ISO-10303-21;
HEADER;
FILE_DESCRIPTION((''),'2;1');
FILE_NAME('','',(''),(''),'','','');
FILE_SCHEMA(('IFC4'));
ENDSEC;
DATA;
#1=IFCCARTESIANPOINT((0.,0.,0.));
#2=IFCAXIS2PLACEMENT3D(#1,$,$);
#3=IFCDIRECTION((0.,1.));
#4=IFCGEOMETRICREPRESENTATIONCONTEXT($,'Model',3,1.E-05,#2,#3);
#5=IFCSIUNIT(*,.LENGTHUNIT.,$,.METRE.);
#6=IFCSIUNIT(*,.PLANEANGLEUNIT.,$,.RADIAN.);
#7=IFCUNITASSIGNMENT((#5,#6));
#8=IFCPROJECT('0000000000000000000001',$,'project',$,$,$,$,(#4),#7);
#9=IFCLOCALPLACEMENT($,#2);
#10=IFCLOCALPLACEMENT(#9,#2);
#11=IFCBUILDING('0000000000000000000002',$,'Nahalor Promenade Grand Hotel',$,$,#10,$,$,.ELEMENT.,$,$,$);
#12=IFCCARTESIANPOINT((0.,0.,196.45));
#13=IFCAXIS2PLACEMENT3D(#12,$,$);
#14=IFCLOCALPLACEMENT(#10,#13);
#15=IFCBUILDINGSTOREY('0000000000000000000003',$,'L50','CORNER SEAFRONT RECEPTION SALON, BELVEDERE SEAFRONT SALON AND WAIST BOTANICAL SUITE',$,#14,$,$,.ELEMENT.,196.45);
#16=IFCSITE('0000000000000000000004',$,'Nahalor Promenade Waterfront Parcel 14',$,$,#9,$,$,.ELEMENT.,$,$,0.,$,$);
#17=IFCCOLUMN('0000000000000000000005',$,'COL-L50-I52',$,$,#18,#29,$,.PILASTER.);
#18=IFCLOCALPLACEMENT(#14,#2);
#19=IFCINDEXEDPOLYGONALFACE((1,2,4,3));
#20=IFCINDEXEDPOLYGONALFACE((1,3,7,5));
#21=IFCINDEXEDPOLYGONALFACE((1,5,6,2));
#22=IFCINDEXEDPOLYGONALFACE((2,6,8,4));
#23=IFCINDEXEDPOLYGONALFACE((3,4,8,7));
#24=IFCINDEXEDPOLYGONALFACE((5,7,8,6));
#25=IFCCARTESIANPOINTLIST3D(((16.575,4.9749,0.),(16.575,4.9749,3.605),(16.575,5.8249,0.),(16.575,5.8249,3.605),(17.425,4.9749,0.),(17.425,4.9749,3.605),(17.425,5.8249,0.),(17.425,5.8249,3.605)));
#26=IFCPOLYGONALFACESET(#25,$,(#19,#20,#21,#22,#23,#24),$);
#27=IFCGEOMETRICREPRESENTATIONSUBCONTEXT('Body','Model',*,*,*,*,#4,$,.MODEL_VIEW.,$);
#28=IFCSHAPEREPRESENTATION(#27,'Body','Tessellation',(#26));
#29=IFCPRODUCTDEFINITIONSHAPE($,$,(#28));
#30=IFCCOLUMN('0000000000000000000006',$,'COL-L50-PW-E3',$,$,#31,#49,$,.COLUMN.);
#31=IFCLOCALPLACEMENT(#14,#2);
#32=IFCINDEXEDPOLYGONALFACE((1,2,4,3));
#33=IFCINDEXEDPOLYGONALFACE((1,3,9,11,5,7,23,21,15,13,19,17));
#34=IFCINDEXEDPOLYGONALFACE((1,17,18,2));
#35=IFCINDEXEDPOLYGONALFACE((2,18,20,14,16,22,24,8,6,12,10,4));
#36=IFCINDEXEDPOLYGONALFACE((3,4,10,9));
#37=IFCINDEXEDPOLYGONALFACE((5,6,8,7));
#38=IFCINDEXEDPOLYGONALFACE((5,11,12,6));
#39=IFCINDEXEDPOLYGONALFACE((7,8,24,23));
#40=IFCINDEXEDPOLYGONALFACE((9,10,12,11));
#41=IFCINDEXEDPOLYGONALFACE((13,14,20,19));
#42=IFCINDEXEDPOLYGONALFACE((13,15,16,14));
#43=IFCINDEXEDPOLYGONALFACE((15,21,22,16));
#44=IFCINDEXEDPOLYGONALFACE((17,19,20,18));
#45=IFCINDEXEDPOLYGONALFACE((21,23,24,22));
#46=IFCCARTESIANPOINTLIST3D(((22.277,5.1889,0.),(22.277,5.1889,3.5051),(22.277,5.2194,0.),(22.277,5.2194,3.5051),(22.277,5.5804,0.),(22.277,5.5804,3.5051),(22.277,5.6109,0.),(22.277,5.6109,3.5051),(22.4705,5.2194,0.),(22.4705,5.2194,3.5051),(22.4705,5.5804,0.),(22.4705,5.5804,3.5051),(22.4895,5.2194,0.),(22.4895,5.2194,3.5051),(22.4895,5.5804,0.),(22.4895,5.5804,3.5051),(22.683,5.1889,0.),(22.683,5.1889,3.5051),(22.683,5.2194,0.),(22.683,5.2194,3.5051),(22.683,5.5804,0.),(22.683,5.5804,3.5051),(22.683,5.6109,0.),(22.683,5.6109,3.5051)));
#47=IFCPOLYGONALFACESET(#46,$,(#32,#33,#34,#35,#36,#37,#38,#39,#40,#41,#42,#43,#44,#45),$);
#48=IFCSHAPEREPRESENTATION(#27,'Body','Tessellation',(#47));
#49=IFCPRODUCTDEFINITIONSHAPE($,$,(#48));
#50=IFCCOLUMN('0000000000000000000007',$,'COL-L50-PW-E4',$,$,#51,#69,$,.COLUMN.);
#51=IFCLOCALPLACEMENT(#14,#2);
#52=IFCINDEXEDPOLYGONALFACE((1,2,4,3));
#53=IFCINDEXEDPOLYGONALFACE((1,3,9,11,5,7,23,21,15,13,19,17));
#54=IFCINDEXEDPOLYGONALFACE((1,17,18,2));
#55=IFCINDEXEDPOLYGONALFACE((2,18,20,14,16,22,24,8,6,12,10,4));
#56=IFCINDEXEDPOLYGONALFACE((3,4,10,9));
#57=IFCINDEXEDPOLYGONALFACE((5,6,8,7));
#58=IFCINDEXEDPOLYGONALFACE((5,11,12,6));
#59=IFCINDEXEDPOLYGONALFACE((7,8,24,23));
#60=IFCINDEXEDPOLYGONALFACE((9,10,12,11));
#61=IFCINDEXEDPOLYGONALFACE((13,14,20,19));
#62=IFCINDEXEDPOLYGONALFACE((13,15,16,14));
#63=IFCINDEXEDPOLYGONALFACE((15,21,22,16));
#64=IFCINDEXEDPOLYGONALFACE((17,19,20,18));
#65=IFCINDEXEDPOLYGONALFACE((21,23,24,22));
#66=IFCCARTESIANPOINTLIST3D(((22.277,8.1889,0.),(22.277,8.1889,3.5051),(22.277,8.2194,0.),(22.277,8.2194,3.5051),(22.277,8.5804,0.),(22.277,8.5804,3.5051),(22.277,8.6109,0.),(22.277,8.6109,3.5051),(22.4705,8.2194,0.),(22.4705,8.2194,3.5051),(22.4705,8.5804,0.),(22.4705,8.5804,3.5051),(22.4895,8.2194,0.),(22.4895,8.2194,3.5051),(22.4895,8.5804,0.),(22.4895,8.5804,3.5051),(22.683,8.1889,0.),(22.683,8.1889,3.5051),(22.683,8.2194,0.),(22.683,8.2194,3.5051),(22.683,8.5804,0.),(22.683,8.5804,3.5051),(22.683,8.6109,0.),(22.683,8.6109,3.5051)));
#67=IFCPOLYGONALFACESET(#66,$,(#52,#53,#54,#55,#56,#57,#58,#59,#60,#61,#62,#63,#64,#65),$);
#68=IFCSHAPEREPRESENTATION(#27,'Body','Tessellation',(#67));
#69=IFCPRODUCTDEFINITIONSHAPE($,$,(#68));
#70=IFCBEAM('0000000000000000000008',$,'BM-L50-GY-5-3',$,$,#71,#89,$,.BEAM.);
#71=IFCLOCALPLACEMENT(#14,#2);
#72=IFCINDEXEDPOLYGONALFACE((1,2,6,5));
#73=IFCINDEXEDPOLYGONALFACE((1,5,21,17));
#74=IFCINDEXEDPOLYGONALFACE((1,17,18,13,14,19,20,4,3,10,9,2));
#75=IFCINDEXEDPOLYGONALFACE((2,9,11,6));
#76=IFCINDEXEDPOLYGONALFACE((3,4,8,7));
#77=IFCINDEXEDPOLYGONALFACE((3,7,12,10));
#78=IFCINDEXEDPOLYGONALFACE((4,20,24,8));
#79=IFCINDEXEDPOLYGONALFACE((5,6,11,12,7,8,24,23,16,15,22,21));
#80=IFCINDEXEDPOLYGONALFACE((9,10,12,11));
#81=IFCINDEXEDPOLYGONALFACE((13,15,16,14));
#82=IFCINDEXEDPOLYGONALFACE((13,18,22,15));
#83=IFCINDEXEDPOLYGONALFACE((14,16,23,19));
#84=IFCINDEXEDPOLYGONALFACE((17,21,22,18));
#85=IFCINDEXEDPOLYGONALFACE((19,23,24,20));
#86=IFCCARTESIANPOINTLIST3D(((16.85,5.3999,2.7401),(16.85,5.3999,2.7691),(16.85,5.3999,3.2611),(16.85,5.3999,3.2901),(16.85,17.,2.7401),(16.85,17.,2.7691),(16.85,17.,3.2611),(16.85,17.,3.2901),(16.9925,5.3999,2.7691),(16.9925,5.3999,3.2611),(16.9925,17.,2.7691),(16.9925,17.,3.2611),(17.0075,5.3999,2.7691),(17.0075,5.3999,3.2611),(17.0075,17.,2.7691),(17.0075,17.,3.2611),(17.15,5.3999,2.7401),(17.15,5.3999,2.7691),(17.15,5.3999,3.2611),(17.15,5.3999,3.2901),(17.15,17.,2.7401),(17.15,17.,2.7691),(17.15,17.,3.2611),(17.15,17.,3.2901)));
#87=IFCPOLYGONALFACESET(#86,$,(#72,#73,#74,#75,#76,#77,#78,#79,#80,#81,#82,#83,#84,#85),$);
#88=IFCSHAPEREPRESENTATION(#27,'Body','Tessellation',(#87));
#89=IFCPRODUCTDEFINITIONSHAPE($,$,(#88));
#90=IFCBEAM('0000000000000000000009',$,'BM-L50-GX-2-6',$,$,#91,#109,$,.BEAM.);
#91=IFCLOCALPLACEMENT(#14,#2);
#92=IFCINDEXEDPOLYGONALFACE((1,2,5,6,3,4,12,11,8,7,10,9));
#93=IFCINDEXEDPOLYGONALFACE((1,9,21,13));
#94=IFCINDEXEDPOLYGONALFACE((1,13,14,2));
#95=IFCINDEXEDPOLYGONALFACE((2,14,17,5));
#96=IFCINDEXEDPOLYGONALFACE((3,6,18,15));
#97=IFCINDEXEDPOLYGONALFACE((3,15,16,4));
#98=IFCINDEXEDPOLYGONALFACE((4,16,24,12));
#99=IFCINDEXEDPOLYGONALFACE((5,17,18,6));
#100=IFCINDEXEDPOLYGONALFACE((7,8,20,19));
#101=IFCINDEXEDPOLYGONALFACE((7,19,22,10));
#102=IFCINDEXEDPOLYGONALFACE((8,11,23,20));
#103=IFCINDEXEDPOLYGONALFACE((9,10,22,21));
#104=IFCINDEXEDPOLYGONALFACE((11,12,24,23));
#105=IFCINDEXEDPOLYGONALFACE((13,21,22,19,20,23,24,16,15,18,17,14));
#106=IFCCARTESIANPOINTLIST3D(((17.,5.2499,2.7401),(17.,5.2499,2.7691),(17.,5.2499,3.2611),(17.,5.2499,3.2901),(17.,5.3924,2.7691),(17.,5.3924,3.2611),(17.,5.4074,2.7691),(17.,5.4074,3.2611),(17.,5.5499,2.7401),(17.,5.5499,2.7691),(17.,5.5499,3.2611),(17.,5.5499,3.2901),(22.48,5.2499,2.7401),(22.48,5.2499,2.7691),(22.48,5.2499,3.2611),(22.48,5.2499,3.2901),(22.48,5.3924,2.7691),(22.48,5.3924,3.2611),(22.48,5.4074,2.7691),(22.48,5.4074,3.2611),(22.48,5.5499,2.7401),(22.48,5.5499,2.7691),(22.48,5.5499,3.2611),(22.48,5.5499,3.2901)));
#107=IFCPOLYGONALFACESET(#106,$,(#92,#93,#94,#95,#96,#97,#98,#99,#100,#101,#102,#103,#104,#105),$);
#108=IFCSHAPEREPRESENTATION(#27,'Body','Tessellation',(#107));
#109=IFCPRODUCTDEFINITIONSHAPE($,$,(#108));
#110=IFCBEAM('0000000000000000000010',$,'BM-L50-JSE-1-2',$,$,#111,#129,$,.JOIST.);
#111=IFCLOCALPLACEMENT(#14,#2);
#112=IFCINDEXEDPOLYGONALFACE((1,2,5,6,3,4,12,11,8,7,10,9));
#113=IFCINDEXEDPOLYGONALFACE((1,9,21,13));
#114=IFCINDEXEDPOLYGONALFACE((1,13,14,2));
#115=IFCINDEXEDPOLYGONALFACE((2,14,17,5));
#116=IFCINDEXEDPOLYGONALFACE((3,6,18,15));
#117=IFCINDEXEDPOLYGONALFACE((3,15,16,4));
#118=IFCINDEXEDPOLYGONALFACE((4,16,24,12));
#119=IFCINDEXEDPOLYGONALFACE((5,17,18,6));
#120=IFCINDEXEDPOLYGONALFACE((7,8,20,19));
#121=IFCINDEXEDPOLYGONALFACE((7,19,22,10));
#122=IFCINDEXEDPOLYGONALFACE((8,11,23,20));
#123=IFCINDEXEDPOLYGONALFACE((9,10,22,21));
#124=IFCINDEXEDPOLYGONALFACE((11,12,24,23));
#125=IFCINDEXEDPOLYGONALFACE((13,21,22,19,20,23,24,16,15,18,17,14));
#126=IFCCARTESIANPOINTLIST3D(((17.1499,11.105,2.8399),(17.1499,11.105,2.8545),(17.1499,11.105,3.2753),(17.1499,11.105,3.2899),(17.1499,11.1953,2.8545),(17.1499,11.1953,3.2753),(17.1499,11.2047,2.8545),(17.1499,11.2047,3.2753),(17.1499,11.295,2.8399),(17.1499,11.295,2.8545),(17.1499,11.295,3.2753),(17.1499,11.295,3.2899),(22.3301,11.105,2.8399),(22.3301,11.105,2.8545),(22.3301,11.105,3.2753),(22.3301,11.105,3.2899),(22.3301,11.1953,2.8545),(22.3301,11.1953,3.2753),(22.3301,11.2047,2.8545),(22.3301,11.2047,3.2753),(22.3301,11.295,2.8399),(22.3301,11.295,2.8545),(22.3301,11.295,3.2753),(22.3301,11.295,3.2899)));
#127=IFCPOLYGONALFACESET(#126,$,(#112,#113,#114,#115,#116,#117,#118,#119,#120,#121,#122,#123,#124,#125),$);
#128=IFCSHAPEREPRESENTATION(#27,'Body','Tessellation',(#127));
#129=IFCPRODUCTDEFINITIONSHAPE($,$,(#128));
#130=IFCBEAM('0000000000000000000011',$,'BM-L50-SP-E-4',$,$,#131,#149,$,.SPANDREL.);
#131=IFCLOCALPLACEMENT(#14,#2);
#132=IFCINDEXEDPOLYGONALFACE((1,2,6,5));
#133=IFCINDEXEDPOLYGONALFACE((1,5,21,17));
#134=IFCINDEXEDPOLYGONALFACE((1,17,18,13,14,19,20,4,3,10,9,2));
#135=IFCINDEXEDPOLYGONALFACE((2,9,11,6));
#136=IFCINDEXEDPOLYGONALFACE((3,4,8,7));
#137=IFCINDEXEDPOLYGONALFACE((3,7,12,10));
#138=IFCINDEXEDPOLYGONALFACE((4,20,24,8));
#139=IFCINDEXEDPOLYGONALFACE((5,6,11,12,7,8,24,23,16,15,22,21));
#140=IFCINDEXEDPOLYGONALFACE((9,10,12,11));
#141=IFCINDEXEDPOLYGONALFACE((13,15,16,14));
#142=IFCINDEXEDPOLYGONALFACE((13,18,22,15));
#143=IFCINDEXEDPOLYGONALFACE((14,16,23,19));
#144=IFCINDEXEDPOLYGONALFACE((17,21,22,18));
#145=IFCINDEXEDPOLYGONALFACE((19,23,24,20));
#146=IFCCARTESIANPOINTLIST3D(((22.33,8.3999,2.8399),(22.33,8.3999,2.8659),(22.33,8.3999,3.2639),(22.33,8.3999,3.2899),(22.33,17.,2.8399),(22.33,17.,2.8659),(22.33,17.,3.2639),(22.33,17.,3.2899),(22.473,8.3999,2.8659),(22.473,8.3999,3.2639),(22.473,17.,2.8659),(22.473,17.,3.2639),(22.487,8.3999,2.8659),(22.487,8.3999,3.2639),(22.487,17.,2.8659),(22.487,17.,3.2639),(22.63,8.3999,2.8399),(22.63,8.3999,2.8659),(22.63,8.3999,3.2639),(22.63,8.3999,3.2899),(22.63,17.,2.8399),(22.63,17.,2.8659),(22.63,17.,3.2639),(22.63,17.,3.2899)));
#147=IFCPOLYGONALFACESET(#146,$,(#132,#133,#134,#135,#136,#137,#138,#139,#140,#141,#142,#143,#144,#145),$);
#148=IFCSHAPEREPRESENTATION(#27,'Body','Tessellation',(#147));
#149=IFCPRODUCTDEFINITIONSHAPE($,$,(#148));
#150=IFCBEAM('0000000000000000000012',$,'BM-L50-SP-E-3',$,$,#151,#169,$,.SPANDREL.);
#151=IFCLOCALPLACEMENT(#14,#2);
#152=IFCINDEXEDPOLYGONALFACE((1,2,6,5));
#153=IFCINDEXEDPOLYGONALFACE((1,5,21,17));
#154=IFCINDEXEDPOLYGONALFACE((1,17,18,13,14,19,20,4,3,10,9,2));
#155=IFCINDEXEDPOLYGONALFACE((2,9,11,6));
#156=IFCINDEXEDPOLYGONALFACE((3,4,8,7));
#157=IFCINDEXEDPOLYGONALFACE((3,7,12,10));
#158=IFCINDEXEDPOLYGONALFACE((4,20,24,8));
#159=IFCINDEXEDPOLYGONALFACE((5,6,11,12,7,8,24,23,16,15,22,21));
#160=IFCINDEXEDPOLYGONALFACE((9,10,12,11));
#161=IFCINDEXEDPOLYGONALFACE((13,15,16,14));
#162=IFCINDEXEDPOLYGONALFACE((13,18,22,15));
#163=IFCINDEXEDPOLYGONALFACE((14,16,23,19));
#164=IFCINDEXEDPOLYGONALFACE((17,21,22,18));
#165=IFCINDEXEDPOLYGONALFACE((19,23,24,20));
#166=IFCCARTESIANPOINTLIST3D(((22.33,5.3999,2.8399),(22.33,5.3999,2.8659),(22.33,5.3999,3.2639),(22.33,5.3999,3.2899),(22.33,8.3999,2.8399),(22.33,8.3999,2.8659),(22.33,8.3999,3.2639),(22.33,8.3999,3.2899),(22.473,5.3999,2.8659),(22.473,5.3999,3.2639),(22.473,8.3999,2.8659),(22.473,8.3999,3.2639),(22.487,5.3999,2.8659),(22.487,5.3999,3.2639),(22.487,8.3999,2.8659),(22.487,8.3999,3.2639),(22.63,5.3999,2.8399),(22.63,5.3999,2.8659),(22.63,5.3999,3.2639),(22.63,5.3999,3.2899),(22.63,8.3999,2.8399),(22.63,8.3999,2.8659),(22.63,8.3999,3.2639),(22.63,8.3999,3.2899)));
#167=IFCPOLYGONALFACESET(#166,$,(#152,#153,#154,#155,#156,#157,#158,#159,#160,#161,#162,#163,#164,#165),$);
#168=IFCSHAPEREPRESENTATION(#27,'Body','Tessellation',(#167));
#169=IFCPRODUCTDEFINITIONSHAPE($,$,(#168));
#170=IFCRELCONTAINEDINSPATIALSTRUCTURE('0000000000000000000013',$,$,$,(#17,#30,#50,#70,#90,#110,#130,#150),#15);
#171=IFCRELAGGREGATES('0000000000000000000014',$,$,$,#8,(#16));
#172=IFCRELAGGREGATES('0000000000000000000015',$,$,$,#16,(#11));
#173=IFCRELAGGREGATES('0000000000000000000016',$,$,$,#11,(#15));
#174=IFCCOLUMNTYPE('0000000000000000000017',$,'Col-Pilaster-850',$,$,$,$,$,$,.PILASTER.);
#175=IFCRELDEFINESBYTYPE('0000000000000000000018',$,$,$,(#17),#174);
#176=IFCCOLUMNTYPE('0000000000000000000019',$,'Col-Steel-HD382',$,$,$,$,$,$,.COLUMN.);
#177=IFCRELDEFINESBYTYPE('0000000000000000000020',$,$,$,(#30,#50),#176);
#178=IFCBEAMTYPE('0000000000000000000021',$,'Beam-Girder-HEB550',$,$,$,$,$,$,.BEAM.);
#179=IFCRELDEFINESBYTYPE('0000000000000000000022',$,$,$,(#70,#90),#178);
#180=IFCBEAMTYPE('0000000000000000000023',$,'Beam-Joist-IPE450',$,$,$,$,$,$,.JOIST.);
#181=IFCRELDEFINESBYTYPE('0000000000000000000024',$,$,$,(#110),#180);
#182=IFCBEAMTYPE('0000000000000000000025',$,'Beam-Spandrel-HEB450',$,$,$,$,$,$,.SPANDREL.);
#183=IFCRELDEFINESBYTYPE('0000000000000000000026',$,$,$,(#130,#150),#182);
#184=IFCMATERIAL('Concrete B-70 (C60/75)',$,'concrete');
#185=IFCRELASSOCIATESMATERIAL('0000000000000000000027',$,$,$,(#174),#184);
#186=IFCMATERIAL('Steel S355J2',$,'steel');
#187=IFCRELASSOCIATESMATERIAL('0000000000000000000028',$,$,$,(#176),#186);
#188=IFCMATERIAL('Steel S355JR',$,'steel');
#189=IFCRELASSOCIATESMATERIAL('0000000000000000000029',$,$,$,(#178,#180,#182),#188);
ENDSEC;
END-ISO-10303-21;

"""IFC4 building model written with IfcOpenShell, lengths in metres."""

from ifc_helpers import new_model, si_unit, direction, frame, origin, origin_2d, place, context, subcontext, project, spatial, rectangle, i_section, extrude, source, transform, mapped, material, material_profile, profile_set, type_object, element, save


model = new_model("IFC4")

# Units and contexts
model_context = context("Model", 3, precision=1e-05, world=origin(), true_north=direction((0.0, 1.0)))
body_context = subcontext(model_context, "Body", "Model", "MODEL_VIEW")
ifc_project = project(units=[si_unit("LENGTHUNIT", "METRE"), si_unit("PLANEANGLEUNIT", "RADIAN")], contexts=[model_context])

# Site, building, storey
site_placement = place(None, origin())
site = spatial("IfcSite", under=ifc_project, at=site_placement, Name="Nahalor Promenade Waterfront Parcel 14", CompositionType="ELEMENT", RefElevation=0.0)
building_placement = place(site_placement, origin())
building = spatial("IfcBuilding", under=site, at=building_placement, Name="Nahalor Promenade Grand Hotel", CompositionType="ELEMENT")
storey_placement = place(building_placement, frame((0.0, 0.0, 196.45)))
storey = spatial("IfcBuildingStorey", under=building, at=storey_placement, Name="L50", Description="CORNER SEAFRONT RECEPTION SALON, BELVEDERE SEAFRONT SALON AND WAIST BOTANICAL SUITE", CompositionType="ELEMENT", Elevation=196.45)

# Columns
ifc_material_1 = material(Name="Concrete B-70 (C60/75)", Category="concrete")
ifc_material_profile_1 = material_profile(ifc_material_1, rectangle(XDim=0.85, YDim=0.85, at=origin_2d()), Name="RC 850x850")
ifc_profile_set_1 = profile_set([ifc_material_profile_1], Name="Concrete B-70 (C60/75)")
column_type_1 = type_object("IfcColumnType", Name="Col-Pilaster-850", PredefinedType="PILASTER", material=ifc_profile_set_1)
shared_shape_1 = source(origin(), body_context, "Body", "SweptSolid", [
    extrude(rectangle(XDim=0.85, YDim=0.85, at=origin_2d()), origin(), (0.0, 0.0, 1.0), 3.605),
])
column_placement = place(storey_placement, frame((17.0, 5.3999, 0.0), z_axis=(0.0, 0.0, 1.0), x_axis=(1.0, 0.0, 0.0)))
element("IfcColumn", 1, at=column_placement, inside=storey, type_object=column_type_1, Name="COL-L50-I52", PredefinedType="PILASTER", context=body_context, shape_type="MappedRepresentation", body=[
    mapped(shared_shape_1, transform((0.0, 0.0, 0.0), scale=1.0)),
])
ifc_material_2 = material(Name="Steel S355J2", Category="steel")
ifc_material_profile_2 = material_profile(ifc_material_2, i_section(OverallWidth=0.406, OverallDepth=0.422, WebThickness=0.019, FlangeThickness=0.0305, at=origin_2d()), Name="HD 400x382")
ifc_profile_set_2 = profile_set([ifc_material_profile_2], Name="Steel S355J2")
column_type_2 = type_object("IfcColumnType", Name="Col-Steel-HD382", PredefinedType="COLUMN", material=ifc_profile_set_2)
shared_shape_2 = source(origin(), body_context, "Body", "SweptSolid", [
    extrude(i_section(OverallWidth=0.406, OverallDepth=0.422, WebThickness=0.019, FlangeThickness=0.0305, at=origin_2d()), origin(), (0.0, 0.0, 1.0), 3.5051),
])
for number, where, z_axis, x_axis, name in (
    (2, (22.48, 5.3999, 0.0), (0.0, 0.0, 1.0), (1.0, 0.0, 0.0), "COL-L50-PW-E3"),
    (3, (22.48, 8.3999, 0.0), (0.0, 0.0, 1.0), (1.0, 0.0, 0.0), "COL-L50-PW-E4"),
):
    element("IfcColumn", number, at=place(storey_placement, frame(where, z_axis=z_axis, x_axis=x_axis)), inside=storey, type_object=column_type_2, Name=name, PredefinedType="COLUMN", context=body_context, shape_type="MappedRepresentation", body=[
        mapped(shared_shape_2, transform((0.0, 0.0, 0.0), scale=1.0)),
    ])

# Beams
ifc_material_3 = material(Name="Steel S355JR", Category="steel")
ifc_material_profile_3 = material_profile(ifc_material_3, i_section(OverallWidth=0.3, OverallDepth=0.55, WebThickness=0.015, FlangeThickness=0.029, at=origin_2d()), Name="HEB 550")
ifc_profile_set_3 = profile_set([ifc_material_profile_3], Name="Steel S355JR")
beam_type_1 = type_object("IfcBeamType", Name="Beam-Girder-HEB550", PredefinedType="BEAM", material=ifc_profile_set_3)
shared_shape_3 = source(origin(), body_context, "Body", "SweptSolid", [
    extrude(i_section(OverallWidth=0.3, OverallDepth=0.55, WebThickness=0.015, FlangeThickness=0.029, at=origin_2d()), origin(), (0.0, 0.0, 1.0), 11.6001),
])
beam_1_placement = place(storey_placement, frame((17.0, 5.3999, 3.0151), z_axis=(0.0, 1.0, 0.0), x_axis=(-1.0, 0.0, 0.0)))
element("IfcBeam", 4, at=beam_1_placement, inside=storey, type_object=beam_type_1, Name="BM-L50-GY-5-3", PredefinedType="BEAM", context=body_context, shape_type="MappedRepresentation", body=[
    mapped(shared_shape_3, transform((0.0, 0.0, 0.0), scale=1.0)),
])
shared_shape_4 = source(origin(), body_context, "Body", "SweptSolid", [
    extrude(i_section(OverallWidth=0.3, OverallDepth=0.55, WebThickness=0.015, FlangeThickness=0.029, at=origin_2d()), origin(), (0.0, 0.0, 1.0), 5.48),
])
beam_2_placement = place(storey_placement, frame((17.0, 5.3999, 3.0151), z_axis=(1.0, 0.0, 0.0), x_axis=(0.0, 1.0, 0.0)))
element("IfcBeam", 5, at=beam_2_placement, inside=storey, type_object=beam_type_1, Name="BM-L50-GX-2-6", PredefinedType="BEAM", context=body_context, shape_type="MappedRepresentation", body=[
    mapped(shared_shape_4, transform((0.0, 0.0, 0.0), scale=1.0)),
])
ifc_material_profile_4 = material_profile(ifc_material_3, i_section(OverallWidth=0.19, OverallDepth=0.45, WebThickness=0.0094, FlangeThickness=0.0146, at=origin_2d()), Name="IPE 450")
ifc_profile_set_4 = profile_set([ifc_material_profile_4], Name="Steel S355JR")
beam_type_2 = type_object("IfcBeamType", Name="Beam-Joist-IPE450", PredefinedType="JOIST", material=ifc_profile_set_4)
shared_shape_5 = source(origin(), body_context, "Body", "SweptSolid", [
    extrude(i_section(OverallWidth=0.19, OverallDepth=0.45, WebThickness=0.0094, FlangeThickness=0.0146, at=origin_2d()), origin(), (0.0, 0.0, 1.0), 5.1802),
])
beam_3_placement = place(storey_placement, frame((17.1499, 11.2, 3.0649), z_axis=(1.0, 0.0, 0.0), x_axis=(0.0, 1.0, 0.0)))
element("IfcBeam", 6, at=beam_3_placement, inside=storey, type_object=beam_type_2, Name="BM-L50-JSE-1-2", PredefinedType="JOIST", context=body_context, shape_type="MappedRepresentation", body=[
    mapped(shared_shape_5, transform((0.0, 0.0, 0.0), scale=1.0)),
])
ifc_material_profile_5 = material_profile(ifc_material_3, i_section(OverallWidth=0.3, OverallDepth=0.45, WebThickness=0.014, FlangeThickness=0.026, at=origin_2d()), Name="HEB 450")
ifc_profile_set_5 = profile_set([ifc_material_profile_5], Name="Steel S355JR")
beam_type_3 = type_object("IfcBeamType", Name="Beam-Spandrel-HEB450", PredefinedType="SPANDREL", material=ifc_profile_set_5)
shared_shape_6 = source(origin(), body_context, "Body", "SweptSolid", [
    extrude(i_section(OverallWidth=0.3, OverallDepth=0.45, WebThickness=0.014, FlangeThickness=0.026, at=origin_2d()), origin(), (0.0, 0.0, 1.0), 8.6001),
])
beam_4_placement = place(storey_placement, frame((22.48, 8.3999, 3.0649), z_axis=(0.0, 1.0, 0.0), x_axis=(-1.0, 0.0, 0.0)))
element("IfcBeam", 7, at=beam_4_placement, inside=storey, type_object=beam_type_3, Name="BM-L50-SP-E-4", PredefinedType="SPANDREL", context=body_context, shape_type="MappedRepresentation", body=[
    mapped(shared_shape_6, transform((0.0, 0.0, 0.0), scale=1.0)),
])
shared_shape_7 = source(origin(), body_context, "Body", "SweptSolid", [
    extrude(i_section(OverallWidth=0.3, OverallDepth=0.45, WebThickness=0.014, FlangeThickness=0.026, at=origin_2d()), origin(), (0.0, 0.0, 1.0), 3.0),
])
beam_5_placement = place(storey_placement, frame((22.48, 5.3999, 3.0649), z_axis=(0.0, 1.0, 0.0), x_axis=(-1.0, 0.0, 0.0)))
element("IfcBeam", 8, at=beam_5_placement, inside=storey, type_object=beam_type_3, Name="BM-L50-SP-E-3", PredefinedType="SPANDREL", context=body_context, shape_type="MappedRepresentation", body=[
    mapped(shared_shape_7, transform((0.0, 0.0, 0.0), scale=1.0)),
])

save(model, "model.ifc")
